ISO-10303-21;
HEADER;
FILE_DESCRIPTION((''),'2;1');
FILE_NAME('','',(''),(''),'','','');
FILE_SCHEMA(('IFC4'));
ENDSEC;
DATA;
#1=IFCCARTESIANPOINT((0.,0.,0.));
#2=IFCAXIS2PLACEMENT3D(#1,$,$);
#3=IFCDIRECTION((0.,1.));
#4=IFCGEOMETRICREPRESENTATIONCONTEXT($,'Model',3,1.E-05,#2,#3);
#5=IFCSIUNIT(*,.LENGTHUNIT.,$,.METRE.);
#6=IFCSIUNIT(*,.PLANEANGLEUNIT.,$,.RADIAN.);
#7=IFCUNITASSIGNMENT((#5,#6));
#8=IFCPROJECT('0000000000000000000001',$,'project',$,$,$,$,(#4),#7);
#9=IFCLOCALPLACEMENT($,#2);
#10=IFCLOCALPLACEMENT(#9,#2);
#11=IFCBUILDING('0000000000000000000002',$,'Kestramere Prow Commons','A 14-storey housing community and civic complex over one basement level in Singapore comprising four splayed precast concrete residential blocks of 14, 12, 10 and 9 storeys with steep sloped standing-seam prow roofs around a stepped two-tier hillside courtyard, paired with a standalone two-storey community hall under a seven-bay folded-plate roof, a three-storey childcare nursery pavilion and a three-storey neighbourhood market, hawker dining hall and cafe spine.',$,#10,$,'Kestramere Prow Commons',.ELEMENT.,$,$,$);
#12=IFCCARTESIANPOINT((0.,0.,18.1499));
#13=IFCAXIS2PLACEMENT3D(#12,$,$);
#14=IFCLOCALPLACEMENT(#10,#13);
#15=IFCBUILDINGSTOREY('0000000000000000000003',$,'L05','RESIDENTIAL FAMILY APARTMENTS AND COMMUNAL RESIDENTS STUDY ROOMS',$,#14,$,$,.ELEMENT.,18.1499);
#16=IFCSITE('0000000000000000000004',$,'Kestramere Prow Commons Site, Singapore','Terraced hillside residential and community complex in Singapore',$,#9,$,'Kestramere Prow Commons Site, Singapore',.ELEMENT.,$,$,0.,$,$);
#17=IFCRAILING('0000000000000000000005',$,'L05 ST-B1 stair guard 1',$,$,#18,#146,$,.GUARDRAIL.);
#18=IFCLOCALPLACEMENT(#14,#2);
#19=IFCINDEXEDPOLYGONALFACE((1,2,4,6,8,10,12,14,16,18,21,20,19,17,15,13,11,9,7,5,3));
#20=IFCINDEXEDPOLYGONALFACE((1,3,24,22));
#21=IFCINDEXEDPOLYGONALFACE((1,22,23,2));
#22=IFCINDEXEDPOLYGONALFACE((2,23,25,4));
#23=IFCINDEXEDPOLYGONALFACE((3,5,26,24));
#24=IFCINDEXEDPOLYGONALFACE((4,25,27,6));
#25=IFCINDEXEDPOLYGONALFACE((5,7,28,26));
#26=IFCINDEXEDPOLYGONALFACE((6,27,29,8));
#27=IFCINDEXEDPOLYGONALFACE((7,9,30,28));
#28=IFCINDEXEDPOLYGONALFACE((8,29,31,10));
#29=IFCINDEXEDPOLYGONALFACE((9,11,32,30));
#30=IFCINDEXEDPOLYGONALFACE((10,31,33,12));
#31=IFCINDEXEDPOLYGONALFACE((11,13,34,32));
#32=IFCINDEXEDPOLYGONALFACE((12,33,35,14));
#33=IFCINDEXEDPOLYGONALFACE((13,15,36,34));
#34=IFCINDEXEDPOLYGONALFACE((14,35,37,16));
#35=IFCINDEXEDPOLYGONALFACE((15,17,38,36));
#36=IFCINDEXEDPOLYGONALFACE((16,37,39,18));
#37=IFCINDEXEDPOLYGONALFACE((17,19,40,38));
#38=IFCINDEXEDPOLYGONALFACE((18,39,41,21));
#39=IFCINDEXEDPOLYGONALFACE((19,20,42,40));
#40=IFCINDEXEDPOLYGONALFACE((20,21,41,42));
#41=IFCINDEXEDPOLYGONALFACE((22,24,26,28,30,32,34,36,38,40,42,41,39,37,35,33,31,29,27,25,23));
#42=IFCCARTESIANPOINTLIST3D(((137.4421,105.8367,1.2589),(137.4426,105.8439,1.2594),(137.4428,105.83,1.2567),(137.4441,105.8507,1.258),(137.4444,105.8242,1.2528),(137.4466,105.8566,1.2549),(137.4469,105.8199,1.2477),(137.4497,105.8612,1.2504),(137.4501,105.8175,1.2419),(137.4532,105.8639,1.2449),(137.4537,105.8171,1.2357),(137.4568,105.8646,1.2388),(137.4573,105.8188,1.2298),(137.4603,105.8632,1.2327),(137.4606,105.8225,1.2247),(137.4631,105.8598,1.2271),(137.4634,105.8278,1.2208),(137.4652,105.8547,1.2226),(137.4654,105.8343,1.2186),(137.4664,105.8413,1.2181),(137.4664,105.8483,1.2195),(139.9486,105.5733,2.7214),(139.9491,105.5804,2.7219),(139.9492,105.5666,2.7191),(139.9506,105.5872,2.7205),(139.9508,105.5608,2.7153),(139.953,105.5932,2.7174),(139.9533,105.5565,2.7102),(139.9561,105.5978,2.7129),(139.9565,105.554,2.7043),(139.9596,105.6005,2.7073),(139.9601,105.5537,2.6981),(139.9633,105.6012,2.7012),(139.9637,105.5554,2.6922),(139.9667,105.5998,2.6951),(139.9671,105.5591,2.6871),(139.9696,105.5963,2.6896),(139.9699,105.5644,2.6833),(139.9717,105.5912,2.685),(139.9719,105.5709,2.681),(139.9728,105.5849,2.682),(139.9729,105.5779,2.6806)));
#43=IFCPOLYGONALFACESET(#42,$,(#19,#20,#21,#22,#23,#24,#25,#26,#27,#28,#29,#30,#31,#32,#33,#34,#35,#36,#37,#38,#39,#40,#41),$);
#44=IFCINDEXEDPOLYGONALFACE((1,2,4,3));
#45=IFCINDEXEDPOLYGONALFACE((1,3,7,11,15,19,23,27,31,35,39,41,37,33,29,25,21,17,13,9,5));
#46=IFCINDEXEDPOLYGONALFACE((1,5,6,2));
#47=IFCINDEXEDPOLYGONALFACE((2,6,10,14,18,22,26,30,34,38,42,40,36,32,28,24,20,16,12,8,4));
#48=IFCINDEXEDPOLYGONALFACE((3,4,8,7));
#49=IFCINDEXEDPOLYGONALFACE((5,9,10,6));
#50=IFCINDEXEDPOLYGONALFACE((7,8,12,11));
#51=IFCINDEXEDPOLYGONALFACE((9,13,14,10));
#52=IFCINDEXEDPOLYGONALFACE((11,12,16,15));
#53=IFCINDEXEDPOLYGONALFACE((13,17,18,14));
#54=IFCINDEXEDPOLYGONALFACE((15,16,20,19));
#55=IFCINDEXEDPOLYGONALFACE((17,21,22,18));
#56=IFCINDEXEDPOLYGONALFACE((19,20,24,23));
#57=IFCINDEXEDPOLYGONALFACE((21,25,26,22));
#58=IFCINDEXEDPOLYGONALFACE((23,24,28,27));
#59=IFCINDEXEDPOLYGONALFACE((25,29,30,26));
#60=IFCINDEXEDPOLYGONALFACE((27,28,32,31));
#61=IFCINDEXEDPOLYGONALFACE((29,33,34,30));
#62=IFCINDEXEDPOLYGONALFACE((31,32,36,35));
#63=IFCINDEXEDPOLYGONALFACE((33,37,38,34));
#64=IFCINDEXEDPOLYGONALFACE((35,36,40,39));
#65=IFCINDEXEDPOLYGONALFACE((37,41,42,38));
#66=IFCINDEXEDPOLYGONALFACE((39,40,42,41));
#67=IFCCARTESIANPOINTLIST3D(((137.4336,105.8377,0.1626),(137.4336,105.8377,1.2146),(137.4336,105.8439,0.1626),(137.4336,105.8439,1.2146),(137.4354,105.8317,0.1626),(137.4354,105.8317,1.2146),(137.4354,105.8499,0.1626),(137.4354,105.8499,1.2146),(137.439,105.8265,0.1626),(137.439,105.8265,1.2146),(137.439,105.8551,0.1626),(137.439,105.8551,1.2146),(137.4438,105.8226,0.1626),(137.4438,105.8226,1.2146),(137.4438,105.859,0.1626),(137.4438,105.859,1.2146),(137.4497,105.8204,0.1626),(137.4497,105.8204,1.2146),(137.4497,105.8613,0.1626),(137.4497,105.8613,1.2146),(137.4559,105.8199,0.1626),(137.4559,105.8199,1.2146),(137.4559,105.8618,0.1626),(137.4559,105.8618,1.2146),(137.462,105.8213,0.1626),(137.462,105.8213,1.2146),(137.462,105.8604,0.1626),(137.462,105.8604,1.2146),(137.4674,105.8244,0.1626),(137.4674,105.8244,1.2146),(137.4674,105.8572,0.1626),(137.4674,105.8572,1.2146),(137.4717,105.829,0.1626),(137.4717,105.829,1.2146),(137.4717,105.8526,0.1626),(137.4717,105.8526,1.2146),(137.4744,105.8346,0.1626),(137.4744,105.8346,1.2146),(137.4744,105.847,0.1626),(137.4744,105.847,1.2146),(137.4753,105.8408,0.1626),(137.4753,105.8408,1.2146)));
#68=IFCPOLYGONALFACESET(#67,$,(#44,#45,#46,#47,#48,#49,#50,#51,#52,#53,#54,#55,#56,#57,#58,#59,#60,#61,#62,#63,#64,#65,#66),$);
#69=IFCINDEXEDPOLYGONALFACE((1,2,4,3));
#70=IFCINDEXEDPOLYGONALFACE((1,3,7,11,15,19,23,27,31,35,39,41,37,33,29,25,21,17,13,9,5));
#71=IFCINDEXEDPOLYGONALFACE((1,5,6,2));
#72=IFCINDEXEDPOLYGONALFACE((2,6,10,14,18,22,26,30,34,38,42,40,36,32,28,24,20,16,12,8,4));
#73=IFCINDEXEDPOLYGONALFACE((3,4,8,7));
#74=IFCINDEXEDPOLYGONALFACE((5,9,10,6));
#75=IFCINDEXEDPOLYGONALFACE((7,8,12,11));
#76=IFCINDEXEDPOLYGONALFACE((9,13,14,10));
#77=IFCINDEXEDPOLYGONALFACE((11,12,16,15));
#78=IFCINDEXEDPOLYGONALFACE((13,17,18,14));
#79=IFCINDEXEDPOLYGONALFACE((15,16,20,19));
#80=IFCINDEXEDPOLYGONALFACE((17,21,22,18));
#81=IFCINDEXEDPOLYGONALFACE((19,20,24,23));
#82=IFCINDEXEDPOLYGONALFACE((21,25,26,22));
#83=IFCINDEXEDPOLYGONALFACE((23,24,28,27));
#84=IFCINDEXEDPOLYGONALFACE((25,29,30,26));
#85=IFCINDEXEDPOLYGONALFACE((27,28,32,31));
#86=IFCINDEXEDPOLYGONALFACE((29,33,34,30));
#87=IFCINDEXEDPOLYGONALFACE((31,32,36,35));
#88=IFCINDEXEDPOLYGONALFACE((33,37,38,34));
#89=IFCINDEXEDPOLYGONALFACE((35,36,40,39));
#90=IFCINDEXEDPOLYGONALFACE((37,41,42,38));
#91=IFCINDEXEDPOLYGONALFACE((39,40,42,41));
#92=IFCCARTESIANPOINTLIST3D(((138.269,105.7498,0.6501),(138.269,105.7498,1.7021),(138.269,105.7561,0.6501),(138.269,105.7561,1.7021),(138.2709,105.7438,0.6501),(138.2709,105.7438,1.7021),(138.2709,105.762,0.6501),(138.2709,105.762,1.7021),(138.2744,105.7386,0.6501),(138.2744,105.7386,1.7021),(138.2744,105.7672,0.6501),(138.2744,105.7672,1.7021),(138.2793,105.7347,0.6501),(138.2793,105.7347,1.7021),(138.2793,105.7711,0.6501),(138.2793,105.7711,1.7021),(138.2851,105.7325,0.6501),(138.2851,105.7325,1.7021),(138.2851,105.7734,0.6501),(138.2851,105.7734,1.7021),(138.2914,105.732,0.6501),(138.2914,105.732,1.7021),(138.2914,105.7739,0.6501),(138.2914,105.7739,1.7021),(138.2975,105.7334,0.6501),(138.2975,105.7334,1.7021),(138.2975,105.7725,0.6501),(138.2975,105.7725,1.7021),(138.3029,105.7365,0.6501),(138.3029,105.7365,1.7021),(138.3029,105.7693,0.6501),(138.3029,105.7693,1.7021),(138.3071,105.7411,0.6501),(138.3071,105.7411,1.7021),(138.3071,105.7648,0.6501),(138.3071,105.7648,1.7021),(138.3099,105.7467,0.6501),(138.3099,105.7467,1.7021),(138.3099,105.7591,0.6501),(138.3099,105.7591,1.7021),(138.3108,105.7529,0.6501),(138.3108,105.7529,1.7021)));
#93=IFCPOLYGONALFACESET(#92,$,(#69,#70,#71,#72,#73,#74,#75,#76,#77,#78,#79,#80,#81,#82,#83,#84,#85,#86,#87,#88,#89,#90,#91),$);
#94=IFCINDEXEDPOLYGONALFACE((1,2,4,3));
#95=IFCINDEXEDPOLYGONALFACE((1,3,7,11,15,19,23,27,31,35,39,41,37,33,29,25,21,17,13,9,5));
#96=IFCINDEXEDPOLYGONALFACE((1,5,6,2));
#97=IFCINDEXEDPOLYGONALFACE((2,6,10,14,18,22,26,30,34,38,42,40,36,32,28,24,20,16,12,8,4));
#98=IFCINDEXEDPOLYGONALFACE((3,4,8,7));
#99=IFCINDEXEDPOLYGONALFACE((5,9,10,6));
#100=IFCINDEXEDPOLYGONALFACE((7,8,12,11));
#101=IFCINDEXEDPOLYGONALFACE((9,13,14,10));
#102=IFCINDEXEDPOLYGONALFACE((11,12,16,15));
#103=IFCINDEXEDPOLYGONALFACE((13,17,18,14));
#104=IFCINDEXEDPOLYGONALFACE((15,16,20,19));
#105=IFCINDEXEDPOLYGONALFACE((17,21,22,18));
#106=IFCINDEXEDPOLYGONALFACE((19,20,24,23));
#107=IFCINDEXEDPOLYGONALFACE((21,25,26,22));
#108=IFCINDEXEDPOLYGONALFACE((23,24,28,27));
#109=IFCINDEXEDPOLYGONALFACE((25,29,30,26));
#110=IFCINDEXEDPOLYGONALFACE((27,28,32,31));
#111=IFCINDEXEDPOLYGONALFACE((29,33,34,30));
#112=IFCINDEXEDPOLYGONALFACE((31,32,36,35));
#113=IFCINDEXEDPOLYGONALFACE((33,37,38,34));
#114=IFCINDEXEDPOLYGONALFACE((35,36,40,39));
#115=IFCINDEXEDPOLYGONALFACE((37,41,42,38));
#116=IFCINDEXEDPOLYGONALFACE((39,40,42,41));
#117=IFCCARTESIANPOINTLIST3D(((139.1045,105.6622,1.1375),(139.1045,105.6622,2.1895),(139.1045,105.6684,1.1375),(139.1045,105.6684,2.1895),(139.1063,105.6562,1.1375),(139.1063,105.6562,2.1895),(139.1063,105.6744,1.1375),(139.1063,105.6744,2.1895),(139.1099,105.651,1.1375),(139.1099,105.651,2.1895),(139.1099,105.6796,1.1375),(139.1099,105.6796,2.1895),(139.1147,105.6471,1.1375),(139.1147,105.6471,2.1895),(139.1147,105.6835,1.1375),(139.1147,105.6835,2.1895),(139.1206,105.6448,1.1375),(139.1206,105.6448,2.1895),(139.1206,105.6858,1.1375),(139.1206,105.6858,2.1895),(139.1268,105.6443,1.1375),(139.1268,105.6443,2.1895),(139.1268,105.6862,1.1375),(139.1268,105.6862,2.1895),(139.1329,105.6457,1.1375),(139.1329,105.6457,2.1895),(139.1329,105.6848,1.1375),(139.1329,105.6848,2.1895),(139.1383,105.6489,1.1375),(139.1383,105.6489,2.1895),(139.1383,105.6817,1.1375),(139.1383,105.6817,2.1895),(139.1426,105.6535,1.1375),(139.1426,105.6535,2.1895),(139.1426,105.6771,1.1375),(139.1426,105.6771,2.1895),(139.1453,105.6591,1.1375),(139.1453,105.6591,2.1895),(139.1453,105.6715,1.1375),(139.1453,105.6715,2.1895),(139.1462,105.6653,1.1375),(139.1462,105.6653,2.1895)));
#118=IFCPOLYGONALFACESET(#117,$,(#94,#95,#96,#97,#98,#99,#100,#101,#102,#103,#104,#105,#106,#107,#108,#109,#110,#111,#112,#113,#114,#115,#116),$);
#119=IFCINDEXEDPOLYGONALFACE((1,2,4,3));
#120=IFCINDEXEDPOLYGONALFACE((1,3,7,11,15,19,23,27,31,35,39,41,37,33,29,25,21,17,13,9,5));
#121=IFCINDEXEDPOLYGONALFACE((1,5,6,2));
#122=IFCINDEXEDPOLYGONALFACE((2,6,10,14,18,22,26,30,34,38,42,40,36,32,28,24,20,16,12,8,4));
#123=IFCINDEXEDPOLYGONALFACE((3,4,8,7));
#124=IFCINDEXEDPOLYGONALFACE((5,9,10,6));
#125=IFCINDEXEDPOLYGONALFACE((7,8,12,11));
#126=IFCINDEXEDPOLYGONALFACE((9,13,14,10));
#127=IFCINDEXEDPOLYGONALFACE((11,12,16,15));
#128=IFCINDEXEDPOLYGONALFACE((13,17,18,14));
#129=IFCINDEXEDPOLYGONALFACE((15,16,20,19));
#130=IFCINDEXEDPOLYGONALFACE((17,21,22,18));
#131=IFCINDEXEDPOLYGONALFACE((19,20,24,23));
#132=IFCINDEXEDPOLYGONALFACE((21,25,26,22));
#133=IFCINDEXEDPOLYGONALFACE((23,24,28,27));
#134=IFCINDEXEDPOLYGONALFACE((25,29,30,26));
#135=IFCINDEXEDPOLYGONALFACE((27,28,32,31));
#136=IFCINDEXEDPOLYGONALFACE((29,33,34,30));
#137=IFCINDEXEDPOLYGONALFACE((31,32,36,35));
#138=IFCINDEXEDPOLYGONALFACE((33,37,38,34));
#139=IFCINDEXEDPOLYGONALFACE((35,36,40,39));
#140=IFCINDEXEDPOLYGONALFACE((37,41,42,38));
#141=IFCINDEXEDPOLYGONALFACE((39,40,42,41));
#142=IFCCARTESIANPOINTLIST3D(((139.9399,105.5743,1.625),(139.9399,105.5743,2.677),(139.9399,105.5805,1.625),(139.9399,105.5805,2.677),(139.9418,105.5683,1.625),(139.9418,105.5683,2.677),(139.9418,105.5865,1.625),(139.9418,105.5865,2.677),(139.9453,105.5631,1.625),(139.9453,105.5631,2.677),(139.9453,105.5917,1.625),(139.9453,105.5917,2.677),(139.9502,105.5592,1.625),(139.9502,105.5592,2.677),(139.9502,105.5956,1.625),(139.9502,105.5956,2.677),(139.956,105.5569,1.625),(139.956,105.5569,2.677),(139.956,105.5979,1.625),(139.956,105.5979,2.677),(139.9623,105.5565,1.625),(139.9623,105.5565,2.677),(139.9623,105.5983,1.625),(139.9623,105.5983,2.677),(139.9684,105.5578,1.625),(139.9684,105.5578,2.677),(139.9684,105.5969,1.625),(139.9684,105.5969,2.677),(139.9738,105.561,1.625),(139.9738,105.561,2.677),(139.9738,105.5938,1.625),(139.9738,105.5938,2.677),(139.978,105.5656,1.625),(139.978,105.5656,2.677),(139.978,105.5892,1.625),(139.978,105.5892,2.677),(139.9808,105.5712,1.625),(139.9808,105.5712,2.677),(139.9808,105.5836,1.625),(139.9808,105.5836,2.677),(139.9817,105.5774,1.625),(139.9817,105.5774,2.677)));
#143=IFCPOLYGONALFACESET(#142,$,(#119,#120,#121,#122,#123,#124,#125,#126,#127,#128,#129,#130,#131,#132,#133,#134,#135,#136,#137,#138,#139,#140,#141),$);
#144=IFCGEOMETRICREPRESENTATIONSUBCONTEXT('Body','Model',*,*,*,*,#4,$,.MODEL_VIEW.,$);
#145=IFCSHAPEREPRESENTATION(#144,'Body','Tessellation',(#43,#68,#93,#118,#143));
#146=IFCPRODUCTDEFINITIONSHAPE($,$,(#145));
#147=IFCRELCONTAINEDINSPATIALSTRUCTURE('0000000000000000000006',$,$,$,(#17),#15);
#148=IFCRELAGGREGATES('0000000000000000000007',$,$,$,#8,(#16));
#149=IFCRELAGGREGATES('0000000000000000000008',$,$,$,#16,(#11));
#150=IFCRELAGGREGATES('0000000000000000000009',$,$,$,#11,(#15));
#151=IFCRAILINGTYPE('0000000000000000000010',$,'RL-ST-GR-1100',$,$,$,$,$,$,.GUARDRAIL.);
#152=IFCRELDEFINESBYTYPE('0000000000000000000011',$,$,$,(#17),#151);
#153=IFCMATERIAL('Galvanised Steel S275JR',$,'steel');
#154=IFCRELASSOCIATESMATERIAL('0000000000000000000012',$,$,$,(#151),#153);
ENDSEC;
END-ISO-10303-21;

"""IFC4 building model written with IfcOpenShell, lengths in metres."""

from ifc_helpers import new_model, si_unit, direction, frame, origin, origin_2d, place, context, subcontext, project, spatial, circle, extrude, material, type_object, element, save


model = new_model("IFC4")

# Units and contexts
model_context = context("Model", 3, precision=1e-05, world=origin(), true_north=direction((0.0, 1.0)))
body_context = subcontext(model_context, "Body", "Model", "MODEL_VIEW")
ifc_project = project(units=[si_unit("LENGTHUNIT", "METRE"), si_unit("PLANEANGLEUNIT", "RADIAN")], contexts=[model_context])

# Site, building, storey
site_placement = place(None, origin())
site = spatial("IfcSite", under=ifc_project, at=site_placement, Name="Kestramere Prow Commons Site, Singapore", Description="Terraced hillside residential and community complex in Singapore", LongName="Kestramere Prow Commons Site, Singapore", CompositionType="ELEMENT", RefElevation=0.0)
building_placement = place(site_placement, origin())
building = spatial("IfcBuilding", under=site, at=building_placement, Name="Kestramere Prow Commons", Description="A 14-storey housing community and civic complex over one basement level in Singapore comprising four splayed precast concrete residential blocks of 14, 12, 10 and 9 storeys with steep sloped standing-seam prow roofs around a stepped two-tier hillside courtyard, paired with a standalone two-storey community hall under a seven-bay folded-plate roof, a three-storey childcare nursery pavilion and a three-storey neighbourhood market, hawker dining hall and cafe spine.", LongName="Kestramere Prow Commons", CompositionType="ELEMENT")
storey_placement = place(building_placement, frame((0.0, 0.0, 18.1499)))
storey = spatial("IfcBuildingStorey", under=building, at=storey_placement, Name="L05", Description="RESIDENTIAL FAMILY APARTMENTS AND COMMUNAL RESIDENTS STUDY ROOMS", CompositionType="ELEMENT", Elevation=18.1499)

# Railing
ifc_material_1 = material(Name="Galvanised Steel S275JR", Category="steel")
railing_type_1 = type_object("IfcRailingType", Name="RL-ST-GR-1100", PredefinedType="GUARDRAIL", material=ifc_material_1)
railing_1_placement = place(storey_placement, frame((137.4543, 105.8408, 0.1626)))
element("IfcRailing", 1, at=railing_1_placement, inside=storey, type_object=railing_type_1, Name="L05 ST-B1 stair guard 1", PredefinedType="GUARDRAIL", context=body_context, shape_type="SweptSolid", body=[
    extrude(circle(Radius=0.0239, at=origin_2d()), frame((0.0, 0.0, 1.0762), z_axis=(0.860187, -0.090409, 0.501901), x_axis=(0.104528, 0.994522, 0.0)), (0.0, 0.0, 1.0), 2.9138),
    extrude(circle(Radius=0.021, at=origin_2d()), origin(), (0.0, 0.0, 1.0), 1.052),
    extrude(circle(Radius=0.021, at=origin_2d()), frame((0.8354, -0.0879, 0.4875)), (0.0, 0.0, 1.0), 1.052),
    extrude(circle(Radius=0.021, at=origin_2d()), frame((1.6709, -0.1755, 0.9749)), (0.0, 0.0, 1.0), 1.052),
    extrude(circle(Radius=0.021, at=origin_2d()), frame((2.5063, -0.2634, 1.4624)), (0.0, 0.0, 1.0), 1.052),
])

save(model, "model.ifc")
